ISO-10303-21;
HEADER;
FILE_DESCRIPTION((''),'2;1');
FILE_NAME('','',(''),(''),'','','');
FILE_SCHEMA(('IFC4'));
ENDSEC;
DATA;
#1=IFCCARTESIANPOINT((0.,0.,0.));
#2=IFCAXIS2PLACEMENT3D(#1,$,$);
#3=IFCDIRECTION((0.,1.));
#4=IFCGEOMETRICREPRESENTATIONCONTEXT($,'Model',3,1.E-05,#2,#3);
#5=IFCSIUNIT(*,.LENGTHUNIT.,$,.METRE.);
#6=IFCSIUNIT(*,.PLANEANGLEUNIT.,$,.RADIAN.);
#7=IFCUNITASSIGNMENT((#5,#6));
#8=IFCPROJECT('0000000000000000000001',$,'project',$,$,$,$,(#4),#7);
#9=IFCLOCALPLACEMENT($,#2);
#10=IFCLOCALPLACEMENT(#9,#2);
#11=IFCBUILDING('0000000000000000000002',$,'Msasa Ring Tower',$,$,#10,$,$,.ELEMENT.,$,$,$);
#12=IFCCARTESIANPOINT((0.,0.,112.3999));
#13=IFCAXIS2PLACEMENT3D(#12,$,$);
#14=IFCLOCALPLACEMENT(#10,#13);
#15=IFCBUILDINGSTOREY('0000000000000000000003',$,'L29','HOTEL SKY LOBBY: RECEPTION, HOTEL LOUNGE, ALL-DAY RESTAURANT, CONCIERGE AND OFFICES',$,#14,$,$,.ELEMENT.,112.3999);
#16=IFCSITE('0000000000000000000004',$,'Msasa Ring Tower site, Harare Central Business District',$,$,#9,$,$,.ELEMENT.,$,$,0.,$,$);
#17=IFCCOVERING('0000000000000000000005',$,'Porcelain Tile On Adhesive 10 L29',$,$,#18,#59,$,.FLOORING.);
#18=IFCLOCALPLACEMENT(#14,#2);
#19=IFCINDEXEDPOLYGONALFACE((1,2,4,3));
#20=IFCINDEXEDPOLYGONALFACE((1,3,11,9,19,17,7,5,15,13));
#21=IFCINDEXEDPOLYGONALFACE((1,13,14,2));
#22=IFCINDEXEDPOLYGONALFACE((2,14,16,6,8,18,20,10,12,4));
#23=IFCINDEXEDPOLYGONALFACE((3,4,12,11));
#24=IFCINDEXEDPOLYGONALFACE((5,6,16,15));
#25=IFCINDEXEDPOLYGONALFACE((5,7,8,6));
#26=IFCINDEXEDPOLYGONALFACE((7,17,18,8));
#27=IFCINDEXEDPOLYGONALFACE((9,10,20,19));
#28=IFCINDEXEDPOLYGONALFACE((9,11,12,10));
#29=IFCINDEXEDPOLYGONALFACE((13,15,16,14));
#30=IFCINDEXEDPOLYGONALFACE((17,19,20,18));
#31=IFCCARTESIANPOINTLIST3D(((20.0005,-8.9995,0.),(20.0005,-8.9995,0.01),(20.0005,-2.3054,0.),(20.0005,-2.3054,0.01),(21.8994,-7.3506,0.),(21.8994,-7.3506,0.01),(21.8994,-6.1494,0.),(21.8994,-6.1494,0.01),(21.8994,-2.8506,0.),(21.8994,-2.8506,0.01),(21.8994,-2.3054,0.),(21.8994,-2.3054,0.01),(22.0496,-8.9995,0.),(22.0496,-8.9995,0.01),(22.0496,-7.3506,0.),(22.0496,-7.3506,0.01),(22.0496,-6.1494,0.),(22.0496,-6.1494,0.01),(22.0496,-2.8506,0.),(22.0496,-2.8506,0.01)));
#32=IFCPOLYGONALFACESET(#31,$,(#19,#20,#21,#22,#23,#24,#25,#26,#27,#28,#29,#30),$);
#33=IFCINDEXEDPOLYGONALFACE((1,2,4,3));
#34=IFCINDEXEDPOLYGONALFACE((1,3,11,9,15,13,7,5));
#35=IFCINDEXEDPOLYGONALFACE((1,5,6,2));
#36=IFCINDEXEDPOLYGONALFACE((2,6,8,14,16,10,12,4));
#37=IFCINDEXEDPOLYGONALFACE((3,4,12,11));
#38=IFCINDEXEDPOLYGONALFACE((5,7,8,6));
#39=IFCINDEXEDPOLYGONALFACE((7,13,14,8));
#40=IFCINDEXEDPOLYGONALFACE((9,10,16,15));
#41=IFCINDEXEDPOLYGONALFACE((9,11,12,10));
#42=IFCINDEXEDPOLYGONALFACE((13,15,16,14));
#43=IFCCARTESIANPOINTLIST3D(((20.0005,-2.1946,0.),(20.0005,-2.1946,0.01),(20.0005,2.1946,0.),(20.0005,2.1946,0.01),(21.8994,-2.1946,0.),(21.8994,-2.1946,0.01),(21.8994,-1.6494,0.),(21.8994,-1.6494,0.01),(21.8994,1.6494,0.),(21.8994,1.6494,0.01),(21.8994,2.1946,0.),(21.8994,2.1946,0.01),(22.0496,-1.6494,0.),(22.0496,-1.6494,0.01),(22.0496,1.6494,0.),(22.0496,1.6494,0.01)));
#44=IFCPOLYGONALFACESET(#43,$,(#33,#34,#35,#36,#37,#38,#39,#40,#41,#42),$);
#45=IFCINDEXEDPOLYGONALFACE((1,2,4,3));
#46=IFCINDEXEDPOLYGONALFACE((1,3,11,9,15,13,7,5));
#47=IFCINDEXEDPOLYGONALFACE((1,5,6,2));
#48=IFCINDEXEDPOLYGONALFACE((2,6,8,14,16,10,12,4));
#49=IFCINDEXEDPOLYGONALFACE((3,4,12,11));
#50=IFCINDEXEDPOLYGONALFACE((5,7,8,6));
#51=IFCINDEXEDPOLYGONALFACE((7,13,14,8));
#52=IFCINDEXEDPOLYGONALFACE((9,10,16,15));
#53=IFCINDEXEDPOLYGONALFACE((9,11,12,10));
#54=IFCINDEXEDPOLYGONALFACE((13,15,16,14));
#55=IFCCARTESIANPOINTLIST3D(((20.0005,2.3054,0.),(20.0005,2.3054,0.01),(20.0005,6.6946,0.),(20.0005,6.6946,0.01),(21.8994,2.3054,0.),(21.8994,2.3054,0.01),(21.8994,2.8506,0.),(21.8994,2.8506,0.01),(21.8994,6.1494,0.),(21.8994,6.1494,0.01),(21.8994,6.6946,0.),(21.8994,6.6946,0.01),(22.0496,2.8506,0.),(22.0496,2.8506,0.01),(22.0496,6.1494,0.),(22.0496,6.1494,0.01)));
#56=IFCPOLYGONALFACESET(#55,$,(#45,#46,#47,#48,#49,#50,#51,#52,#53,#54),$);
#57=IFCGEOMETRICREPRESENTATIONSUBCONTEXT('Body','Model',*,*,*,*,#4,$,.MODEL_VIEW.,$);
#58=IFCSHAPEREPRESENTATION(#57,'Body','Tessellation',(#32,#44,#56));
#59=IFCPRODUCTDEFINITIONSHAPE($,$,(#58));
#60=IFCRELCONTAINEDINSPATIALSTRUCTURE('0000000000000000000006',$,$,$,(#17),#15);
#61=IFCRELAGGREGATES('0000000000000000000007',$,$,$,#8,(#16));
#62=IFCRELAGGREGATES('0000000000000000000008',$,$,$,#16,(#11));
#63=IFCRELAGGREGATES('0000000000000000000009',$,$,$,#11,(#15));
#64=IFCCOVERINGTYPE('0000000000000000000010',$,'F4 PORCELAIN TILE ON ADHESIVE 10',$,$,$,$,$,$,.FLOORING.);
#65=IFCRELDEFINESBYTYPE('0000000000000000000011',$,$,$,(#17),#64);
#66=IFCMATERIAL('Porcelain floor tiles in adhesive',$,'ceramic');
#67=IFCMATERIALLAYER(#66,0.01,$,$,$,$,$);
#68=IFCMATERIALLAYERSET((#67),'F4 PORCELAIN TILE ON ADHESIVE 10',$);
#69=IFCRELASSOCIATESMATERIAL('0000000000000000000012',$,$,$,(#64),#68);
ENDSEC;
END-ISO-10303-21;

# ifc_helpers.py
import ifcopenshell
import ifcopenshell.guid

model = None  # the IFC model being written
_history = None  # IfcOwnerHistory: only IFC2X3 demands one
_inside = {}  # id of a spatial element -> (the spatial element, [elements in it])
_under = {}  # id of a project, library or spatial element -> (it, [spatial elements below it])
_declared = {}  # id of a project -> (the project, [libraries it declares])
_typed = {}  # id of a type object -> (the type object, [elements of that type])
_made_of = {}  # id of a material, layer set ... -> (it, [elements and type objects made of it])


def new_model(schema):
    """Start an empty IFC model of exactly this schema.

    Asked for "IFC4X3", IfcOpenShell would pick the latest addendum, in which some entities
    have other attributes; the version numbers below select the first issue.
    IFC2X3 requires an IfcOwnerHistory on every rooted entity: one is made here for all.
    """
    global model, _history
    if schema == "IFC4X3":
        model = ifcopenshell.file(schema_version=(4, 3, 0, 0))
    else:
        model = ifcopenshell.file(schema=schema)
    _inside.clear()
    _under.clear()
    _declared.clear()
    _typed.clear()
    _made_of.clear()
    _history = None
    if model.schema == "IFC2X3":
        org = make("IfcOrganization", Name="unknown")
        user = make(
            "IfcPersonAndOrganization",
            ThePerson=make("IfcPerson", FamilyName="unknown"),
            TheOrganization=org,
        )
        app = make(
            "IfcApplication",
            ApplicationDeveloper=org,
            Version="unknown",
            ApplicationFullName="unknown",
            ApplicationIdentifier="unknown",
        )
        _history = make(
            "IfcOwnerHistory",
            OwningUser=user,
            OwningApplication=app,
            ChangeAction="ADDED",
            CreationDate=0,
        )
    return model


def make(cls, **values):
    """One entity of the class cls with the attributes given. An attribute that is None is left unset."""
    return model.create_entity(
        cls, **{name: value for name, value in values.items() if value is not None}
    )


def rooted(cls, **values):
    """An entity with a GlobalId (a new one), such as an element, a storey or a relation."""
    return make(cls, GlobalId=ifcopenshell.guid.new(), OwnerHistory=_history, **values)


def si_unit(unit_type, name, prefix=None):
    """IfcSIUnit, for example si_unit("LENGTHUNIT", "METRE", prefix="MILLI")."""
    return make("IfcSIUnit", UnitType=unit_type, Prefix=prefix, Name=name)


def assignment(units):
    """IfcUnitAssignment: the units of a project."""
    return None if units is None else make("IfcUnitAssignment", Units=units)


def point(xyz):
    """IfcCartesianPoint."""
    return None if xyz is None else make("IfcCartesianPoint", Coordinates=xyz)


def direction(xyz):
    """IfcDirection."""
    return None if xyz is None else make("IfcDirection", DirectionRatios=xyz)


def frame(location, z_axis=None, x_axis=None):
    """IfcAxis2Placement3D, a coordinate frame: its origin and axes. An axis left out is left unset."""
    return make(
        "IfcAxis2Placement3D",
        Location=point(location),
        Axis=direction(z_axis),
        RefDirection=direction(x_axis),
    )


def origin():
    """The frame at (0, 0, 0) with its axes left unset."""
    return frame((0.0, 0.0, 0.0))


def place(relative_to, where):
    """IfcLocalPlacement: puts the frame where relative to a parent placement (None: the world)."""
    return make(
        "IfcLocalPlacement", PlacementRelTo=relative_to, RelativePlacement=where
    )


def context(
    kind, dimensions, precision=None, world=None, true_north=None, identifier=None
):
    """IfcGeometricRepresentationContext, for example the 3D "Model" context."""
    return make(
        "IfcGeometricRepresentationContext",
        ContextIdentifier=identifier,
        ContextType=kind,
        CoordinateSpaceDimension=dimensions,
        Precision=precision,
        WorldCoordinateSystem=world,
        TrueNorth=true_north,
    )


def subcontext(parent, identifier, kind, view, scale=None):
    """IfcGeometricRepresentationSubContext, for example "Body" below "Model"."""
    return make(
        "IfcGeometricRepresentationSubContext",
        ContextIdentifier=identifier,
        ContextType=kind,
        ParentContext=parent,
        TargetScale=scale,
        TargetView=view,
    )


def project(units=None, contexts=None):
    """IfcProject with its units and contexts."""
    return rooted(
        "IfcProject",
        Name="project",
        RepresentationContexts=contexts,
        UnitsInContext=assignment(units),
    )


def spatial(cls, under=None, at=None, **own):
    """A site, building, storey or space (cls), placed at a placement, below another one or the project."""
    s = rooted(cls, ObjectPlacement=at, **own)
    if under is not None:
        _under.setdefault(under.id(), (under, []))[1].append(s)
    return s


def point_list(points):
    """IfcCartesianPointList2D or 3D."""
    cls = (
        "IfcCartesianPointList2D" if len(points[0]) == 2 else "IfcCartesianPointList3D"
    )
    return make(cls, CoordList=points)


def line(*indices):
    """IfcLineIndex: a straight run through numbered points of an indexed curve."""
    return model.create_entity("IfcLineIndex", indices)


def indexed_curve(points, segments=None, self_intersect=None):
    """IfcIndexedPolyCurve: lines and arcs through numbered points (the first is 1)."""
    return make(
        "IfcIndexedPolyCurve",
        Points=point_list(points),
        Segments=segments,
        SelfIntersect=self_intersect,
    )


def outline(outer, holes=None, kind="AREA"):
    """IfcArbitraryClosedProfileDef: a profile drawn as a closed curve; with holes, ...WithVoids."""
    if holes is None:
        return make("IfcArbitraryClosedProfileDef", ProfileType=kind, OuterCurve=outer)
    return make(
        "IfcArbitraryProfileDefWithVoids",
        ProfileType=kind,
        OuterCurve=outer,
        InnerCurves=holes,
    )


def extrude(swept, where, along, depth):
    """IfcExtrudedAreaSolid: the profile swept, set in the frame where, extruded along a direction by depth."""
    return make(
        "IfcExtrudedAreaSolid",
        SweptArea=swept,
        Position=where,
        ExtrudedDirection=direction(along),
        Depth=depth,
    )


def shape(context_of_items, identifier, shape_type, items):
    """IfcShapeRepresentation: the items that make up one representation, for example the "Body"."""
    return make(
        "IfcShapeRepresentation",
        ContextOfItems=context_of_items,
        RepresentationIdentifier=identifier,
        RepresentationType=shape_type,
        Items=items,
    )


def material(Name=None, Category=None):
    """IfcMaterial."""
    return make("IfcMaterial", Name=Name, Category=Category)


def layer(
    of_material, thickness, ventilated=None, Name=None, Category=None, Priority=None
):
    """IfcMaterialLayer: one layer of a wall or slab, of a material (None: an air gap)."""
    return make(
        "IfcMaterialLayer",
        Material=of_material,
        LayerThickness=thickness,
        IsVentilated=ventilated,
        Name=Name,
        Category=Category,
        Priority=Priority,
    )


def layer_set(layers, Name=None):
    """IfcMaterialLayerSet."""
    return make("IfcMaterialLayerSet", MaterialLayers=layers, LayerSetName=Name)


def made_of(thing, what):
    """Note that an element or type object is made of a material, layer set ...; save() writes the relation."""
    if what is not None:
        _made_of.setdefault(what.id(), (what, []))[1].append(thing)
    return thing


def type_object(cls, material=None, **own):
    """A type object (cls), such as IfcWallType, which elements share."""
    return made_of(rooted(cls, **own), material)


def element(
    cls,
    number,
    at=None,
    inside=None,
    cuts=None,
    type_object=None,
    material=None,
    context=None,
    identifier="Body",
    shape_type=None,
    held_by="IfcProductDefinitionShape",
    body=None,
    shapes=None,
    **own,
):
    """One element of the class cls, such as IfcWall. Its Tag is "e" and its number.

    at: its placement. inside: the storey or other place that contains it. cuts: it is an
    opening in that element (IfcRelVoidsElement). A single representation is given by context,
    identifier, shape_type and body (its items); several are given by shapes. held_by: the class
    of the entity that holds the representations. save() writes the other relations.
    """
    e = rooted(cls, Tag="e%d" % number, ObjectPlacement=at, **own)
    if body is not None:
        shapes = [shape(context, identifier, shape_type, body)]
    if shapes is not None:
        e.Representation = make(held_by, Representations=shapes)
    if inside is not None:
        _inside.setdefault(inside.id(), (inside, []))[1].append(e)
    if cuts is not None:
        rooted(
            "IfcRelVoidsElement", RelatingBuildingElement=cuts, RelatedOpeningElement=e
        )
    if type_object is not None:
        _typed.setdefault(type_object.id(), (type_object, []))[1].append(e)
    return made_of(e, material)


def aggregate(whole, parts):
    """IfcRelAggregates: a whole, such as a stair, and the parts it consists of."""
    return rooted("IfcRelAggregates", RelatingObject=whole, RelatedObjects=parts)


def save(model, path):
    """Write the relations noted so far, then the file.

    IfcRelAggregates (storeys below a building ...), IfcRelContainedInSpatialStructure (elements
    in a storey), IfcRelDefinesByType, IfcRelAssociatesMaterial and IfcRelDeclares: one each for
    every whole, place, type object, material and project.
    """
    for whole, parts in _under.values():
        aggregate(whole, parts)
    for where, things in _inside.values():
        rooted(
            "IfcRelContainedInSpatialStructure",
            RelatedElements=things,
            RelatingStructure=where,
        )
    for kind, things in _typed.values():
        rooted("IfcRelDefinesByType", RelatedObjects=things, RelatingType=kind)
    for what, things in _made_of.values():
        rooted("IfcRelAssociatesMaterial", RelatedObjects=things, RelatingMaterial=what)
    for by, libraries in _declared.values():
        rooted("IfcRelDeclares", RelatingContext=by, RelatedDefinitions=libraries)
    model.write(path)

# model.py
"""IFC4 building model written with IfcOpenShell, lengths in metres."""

from ifc_helpers import new_model, si_unit, direction, frame, origin, place, context, subcontext, project, spatial, line, indexed_curve, outline, extrude, material, layer, layer_set, type_object, element, save


model = new_model("IFC4")

# Units and contexts
model_context = context("Model", 3, precision=1e-05, world=origin(), true_north=direction((0.0, 1.0)))
body_context = subcontext(model_context, "Body", "Model", "MODEL_VIEW")
ifc_project = project(units=[si_unit("LENGTHUNIT", "METRE"), si_unit("PLANEANGLEUNIT", "RADIAN")], contexts=[model_context])

# Site, building, storey
site_placement = place(None, origin())
site = spatial("IfcSite", under=ifc_project, at=site_placement, Name="Msasa Ring Tower site, Harare Central Business District", CompositionType="ELEMENT", RefElevation=0.0)
building_placement = place(site_placement, origin())
building = spatial("IfcBuilding", under=site, at=building_placement, Name="Msasa Ring Tower", CompositionType="ELEMENT")
storey_placement = place(building_placement, frame((0.0, 0.0, 112.3999)))
storey = spatial("IfcBuildingStorey", under=building, at=storey_placement, Name="L29", Description="HOTEL SKY LOBBY: RECEPTION, HOTEL LOUNGE, ALL-DAY RESTAURANT, CONCIERGE AND OFFICES", CompositionType="ELEMENT", Elevation=112.3999)

# Covering
ifc_material_1 = material(Name="Porcelain floor tiles in adhesive", Category="ceramic")
ifc_layer_1 = layer(ifc_material_1, 0.01)
ifc_layer_set_1 = layer_set([ifc_layer_1], Name="F4 PORCELAIN TILE ON ADHESIVE 10")
covering_type_1 = type_object("IfcCoveringType", Name="F4 PORCELAIN TILE ON ADHESIVE 10", PredefinedType="FLOORING", material=ifc_layer_set_1)
covering_1_placement = place(storey_placement, origin())
element("IfcCovering", 1, at=covering_1_placement, inside=storey, type_object=covering_type_1, Name="Porcelain Tile On Adhesive 10 L29", PredefinedType="FLOORING", context=body_context, shape_type="SweptSolid", body=[
    extrude(outline(indexed_curve([(21.8994, -2.3054), (21.8994, -2.8506), (22.0496, -2.8506), (22.0496, -6.1494), (21.8994, -6.1494), (21.8994, -7.3506), (22.0496, -7.3506), (22.0496, -8.9995), (20.0005, -8.9995), (20.0005, -2.3054)], segments=[line(1, 2, 3, 4, 5, 6, 7, 8, 9, 10, 1)], self_intersect=False)), origin(), (0.0, 0.0, 1.0), 0.01),
    extrude(outline(indexed_curve([(22.0496, -1.6494), (21.8994, -1.6494), (21.8994, -2.1946), (20.0005, -2.1946), (20.0005, 2.1946), (21.8994, 2.1946), (21.8994, 1.6494), (22.0496, 1.6494)], segments=[line(1, 2, 3, 4, 5, 6, 7, 8, 1)], self_intersect=False)), origin(), (0.0, 0.0, 1.0), 0.01),
    extrude(outline(indexed_curve([(22.0496, 2.8506), (21.8994, 2.8506), (21.8994, 2.3054), (20.0005, 2.3054), (20.0005, 6.6946), (21.8994, 6.6946), (21.8994, 6.1494), (22.0496, 6.1494)], segments=[line(1, 2, 3, 4, 5, 6, 7, 8, 1)], self_intersect=False)), origin(), (0.0, 0.0, 1.0), 0.01),
])

save(model, "model.ifc")
